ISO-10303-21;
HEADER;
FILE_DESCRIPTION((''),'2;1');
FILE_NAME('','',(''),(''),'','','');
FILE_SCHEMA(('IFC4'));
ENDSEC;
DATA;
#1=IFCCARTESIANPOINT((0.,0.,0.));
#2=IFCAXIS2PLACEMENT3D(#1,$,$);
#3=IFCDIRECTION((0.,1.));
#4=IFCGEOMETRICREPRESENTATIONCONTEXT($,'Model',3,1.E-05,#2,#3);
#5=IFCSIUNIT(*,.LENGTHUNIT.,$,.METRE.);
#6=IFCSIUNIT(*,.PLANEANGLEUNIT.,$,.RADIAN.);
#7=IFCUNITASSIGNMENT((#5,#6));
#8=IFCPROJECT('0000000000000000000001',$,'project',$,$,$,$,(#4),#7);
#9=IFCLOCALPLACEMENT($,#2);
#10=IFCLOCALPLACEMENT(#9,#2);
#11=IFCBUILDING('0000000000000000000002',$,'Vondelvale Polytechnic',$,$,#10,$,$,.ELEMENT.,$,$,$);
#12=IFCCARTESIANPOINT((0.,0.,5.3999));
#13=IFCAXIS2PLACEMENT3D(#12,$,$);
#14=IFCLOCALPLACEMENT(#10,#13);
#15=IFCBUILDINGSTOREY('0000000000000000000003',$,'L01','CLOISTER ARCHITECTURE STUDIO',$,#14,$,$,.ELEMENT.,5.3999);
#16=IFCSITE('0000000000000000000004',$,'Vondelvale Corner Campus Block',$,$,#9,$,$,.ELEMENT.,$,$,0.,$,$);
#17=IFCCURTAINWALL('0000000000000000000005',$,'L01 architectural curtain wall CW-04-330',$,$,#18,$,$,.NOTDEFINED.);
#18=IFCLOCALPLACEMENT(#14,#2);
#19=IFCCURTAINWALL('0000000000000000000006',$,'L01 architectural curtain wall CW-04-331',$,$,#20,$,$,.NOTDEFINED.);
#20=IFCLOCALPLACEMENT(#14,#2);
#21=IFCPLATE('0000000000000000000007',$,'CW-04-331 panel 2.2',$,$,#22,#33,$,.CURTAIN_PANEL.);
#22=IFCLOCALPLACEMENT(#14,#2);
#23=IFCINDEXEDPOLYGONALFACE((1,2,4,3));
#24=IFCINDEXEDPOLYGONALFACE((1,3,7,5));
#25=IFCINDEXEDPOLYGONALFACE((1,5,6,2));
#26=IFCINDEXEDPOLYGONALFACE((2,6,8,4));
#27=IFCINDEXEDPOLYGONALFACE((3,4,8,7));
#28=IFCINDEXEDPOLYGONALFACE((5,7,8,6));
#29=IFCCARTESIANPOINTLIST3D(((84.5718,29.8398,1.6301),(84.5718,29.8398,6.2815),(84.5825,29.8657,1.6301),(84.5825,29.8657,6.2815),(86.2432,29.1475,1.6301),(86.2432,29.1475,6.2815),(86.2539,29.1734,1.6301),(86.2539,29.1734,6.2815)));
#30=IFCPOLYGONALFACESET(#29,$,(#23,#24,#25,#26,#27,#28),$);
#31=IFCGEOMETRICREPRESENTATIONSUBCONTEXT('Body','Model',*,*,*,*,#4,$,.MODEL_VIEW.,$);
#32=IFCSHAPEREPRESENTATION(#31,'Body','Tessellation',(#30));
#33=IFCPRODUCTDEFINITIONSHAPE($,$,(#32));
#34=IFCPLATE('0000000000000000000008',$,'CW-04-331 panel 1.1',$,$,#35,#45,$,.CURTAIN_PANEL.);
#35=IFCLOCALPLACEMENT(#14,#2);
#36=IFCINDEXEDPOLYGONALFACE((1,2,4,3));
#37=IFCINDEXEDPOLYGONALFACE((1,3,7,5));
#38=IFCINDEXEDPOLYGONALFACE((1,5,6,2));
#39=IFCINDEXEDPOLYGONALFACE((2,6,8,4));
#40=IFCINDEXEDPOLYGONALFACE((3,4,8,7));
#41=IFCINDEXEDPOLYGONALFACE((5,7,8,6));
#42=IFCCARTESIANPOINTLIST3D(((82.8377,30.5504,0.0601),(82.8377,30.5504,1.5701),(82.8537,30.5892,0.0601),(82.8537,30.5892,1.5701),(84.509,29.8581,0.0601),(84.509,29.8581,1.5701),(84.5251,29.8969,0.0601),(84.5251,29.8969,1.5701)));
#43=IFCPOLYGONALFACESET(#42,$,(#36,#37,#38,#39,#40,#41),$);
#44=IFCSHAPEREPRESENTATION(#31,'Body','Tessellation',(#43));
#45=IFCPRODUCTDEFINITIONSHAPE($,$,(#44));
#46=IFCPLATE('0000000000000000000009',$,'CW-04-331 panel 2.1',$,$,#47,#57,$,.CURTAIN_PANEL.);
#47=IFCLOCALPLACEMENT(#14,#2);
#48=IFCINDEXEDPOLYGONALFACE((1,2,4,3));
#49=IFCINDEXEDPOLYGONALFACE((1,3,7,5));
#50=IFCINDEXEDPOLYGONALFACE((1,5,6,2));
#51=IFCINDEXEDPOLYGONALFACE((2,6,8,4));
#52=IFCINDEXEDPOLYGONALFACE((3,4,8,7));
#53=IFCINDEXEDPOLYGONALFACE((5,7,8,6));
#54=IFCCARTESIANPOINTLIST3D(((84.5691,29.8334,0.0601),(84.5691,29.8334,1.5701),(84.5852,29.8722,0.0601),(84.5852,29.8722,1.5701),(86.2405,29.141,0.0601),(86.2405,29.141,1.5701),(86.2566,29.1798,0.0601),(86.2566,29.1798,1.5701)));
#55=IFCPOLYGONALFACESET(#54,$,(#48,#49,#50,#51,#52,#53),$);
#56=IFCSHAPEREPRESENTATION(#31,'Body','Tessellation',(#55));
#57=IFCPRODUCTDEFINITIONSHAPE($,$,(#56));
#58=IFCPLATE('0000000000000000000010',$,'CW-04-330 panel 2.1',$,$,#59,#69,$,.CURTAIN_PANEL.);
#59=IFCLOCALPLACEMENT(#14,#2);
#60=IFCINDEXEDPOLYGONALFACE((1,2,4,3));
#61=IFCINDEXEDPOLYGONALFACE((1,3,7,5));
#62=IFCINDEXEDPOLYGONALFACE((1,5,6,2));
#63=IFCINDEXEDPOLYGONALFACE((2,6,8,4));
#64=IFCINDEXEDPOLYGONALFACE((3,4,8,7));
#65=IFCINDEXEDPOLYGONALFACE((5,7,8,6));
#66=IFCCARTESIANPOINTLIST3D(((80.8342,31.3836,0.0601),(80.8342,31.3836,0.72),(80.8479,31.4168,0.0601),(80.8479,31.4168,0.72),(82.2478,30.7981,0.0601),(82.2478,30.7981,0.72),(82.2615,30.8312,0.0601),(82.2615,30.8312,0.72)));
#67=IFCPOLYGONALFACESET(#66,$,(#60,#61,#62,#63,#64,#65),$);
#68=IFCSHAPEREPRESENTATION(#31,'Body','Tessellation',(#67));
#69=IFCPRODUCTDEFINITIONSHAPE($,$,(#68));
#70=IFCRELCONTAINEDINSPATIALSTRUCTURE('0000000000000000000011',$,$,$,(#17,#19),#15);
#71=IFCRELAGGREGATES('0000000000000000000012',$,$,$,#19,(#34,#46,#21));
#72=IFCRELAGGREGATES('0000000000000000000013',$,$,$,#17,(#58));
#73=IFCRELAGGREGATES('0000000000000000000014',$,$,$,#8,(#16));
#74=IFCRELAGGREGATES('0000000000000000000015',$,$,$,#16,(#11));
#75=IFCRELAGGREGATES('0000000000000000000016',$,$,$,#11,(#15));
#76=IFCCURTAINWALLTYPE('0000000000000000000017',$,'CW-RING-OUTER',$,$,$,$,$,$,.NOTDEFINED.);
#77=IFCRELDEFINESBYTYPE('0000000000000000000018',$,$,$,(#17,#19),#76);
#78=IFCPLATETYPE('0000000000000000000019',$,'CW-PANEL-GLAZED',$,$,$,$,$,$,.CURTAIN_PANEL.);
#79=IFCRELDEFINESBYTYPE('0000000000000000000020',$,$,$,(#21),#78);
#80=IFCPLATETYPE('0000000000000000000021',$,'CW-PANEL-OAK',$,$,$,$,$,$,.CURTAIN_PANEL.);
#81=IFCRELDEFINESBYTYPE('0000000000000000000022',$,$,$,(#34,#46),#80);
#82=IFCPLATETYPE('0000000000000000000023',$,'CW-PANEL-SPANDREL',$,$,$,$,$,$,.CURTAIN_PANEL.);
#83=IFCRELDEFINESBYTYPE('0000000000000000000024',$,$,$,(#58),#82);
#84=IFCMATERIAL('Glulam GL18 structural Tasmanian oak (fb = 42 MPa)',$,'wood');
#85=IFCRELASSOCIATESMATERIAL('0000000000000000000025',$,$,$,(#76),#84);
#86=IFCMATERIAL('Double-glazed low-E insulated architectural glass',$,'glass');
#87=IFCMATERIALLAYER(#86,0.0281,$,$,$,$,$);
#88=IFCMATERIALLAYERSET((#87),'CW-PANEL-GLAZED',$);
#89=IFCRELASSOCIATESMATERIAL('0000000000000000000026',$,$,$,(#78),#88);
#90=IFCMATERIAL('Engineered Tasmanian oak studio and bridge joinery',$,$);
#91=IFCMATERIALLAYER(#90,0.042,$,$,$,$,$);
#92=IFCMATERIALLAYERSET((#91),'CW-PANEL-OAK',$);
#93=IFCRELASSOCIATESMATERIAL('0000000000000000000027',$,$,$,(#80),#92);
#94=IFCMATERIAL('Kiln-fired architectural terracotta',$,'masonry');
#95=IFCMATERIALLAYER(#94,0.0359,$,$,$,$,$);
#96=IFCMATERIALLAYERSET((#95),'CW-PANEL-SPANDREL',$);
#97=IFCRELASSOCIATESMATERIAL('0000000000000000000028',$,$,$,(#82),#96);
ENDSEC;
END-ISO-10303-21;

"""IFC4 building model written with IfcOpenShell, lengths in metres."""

from ifc_helpers import new_model, si_unit, direction, frame, origin, origin_2d, place, context, subcontext, project, spatial, rectangle, extrude, material, layer, layer_set, type_object, element, aggregate, save


model = new_model("IFC4")

# Units and contexts
model_context = context("Model", 3, precision=1e-05, world=origin(), true_north=direction((0.0, 1.0)))
body_context = subcontext(model_context, "Body", "Model", "MODEL_VIEW")
ifc_project = project(units=[si_unit("LENGTHUNIT", "METRE"), si_unit("PLANEANGLEUNIT", "RADIAN")], contexts=[model_context])

# Site, building, storey
site_placement = place(None, origin())
site = spatial("IfcSite", under=ifc_project, at=site_placement, Name="Vondelvale Corner Campus Block", CompositionType="ELEMENT", RefElevation=0.0)
building_placement = place(site_placement, origin())
building = spatial("IfcBuilding", under=site, at=building_placement, Name="Vondelvale Polytechnic", CompositionType="ELEMENT")
storey_placement = place(building_placement, frame((0.0, 0.0, 5.3999)))
storey = spatial("IfcBuildingStorey", under=building, at=storey_placement, Name="L01", Description="CLOISTER ARCHITECTURE STUDIO", CompositionType="ELEMENT", Elevation=5.3999)

# Shared definitions
ifc_material_1 = material(Name="Glulam GL18 structural Tasmanian oak (fb = 42 MPa)", Category="wood")

# Curtain wall
curtain_wall_type = type_object("IfcCurtainWallType", Name="CW-RING-OUTER", PredefinedType="NOTDEFINED", material=ifc_material_1)
curtain_wall_1_placement = place(storey_placement, origin())
curtain_wall_1 = element("IfcCurtainWall", 1, at=curtain_wall_1_placement, inside=storey, type_object=curtain_wall_type, Name="L01 architectural curtain wall CW-04-330", PredefinedType="NOTDEFINED")

# Curtain wall
curtain_wall_2_placement = place(storey_placement, origin())
curtain_wall_2 = element("IfcCurtainWall", 2, at=curtain_wall_2_placement, inside=storey, type_object=curtain_wall_type, Name="L01 architectural curtain wall CW-04-331", PredefinedType="NOTDEFINED")

# Plates
ifc_material_2 = material(Name="Double-glazed low-E insulated architectural glass", Category="glass")
ifc_layer_1 = layer(ifc_material_2, 0.0281)
ifc_layer_set_1 = layer_set([ifc_layer_1], Name="CW-PANEL-GLAZED")
plate_type_1 = type_object("IfcPlateType", Name="CW-PANEL-GLAZED", PredefinedType="CURTAIN_PANEL", material=ifc_layer_set_1)
plate_1_placement = place(storey_placement, frame((85.4128, 29.5066, 1.6301), z_axis=(0.0, 0.0, 1.0), x_axis=(0.923875, -0.382695, 0.0)))
plate_1 = element("IfcPlate", 3, at=plate_1_placement, type_object=plate_type_1, Name="CW-04-331 panel 2.2", PredefinedType="CURTAIN_PANEL", context=body_context, shape_type="SweptSolid", body=[
    extrude(rectangle(XDim=1.8091, YDim=0.0281, at=origin_2d()), origin(), (0.0, 0.0, 1.0), 4.6514),
])
ifc_material_3 = material(Name="Engineered Tasmanian oak studio and bridge joinery")
ifc_layer_2 = layer(ifc_material_3, 0.042)
ifc_layer_set_2 = layer_set([ifc_layer_2], Name="CW-PANEL-OAK")
plate_type_2 = type_object("IfcPlateType", Name="CW-PANEL-OAK", PredefinedType="CURTAIN_PANEL", material=ifc_layer_set_2)
plate_2_placement = place(storey_placement, frame((83.6814, 30.2236, 0.0601), z_axis=(0.0, 0.0, 1.0), x_axis=(0.923875, -0.382695, 0.0)))
plate_2 = element("IfcPlate", 4, at=plate_2_placement, type_object=plate_type_2, Name="CW-04-331 panel 1.1", PredefinedType="CURTAIN_PANEL", context=body_context, shape_type="SweptSolid", body=[
    extrude(rectangle(XDim=1.8091, YDim=0.042, at=origin_2d()), origin(), (0.0, 0.0, 1.0), 1.51),
])
plate_3_placement = place(storey_placement, frame((85.4128, 29.5066, 0.0601), z_axis=(0.0, 0.0, 1.0), x_axis=(0.923875, -0.382695, 0.0)))
plate_3 = element("IfcPlate", 5, at=plate_3_placement, type_object=plate_type_2, Name="CW-04-331 panel 2.1", PredefinedType="CURTAIN_PANEL", context=body_context, shape_type="SweptSolid", body=[
    extrude(rectangle(XDim=1.8091, YDim=0.042, at=origin_2d()), origin(), (0.0, 0.0, 1.0), 1.51),
])
aggregate(curtain_wall_2, [plate_2, plate_3, plate_1])
ifc_material_4 = material(Name="Kiln-fired architectural terracotta", Category="masonry")
ifc_layer_3 = layer(ifc_material_4, 0.0359)
ifc_layer_set_3 = layer_set([ifc_layer_3], Name="CW-PANEL-SPANDREL")
plate_type_3 = type_object("IfcPlateType", Name="CW-PANEL-SPANDREL", PredefinedType="CURTAIN_PANEL", material=ifc_layer_set_3)
plate_4_placement = place(storey_placement, frame((81.5479, 31.1074, 0.0601), z_axis=(0.0, 0.0, 1.0), x_axis=(0.923882, -0.382677, 0.0)))
plate_4 = element("IfcPlate", 6, at=plate_4_placement, type_object=plate_type_3, Name="CW-04-330 panel 2.1", PredefinedType="CURTAIN_PANEL", context=body_context, shape_type="SweptSolid", body=[
    extrude(rectangle(XDim=1.53, YDim=0.0359, at=origin_2d()), origin(), (0.0, 0.0, 1.0), 0.6599),
])
aggregate(curtain_wall_1, [plate_4])

save(model, "model.ifc")
